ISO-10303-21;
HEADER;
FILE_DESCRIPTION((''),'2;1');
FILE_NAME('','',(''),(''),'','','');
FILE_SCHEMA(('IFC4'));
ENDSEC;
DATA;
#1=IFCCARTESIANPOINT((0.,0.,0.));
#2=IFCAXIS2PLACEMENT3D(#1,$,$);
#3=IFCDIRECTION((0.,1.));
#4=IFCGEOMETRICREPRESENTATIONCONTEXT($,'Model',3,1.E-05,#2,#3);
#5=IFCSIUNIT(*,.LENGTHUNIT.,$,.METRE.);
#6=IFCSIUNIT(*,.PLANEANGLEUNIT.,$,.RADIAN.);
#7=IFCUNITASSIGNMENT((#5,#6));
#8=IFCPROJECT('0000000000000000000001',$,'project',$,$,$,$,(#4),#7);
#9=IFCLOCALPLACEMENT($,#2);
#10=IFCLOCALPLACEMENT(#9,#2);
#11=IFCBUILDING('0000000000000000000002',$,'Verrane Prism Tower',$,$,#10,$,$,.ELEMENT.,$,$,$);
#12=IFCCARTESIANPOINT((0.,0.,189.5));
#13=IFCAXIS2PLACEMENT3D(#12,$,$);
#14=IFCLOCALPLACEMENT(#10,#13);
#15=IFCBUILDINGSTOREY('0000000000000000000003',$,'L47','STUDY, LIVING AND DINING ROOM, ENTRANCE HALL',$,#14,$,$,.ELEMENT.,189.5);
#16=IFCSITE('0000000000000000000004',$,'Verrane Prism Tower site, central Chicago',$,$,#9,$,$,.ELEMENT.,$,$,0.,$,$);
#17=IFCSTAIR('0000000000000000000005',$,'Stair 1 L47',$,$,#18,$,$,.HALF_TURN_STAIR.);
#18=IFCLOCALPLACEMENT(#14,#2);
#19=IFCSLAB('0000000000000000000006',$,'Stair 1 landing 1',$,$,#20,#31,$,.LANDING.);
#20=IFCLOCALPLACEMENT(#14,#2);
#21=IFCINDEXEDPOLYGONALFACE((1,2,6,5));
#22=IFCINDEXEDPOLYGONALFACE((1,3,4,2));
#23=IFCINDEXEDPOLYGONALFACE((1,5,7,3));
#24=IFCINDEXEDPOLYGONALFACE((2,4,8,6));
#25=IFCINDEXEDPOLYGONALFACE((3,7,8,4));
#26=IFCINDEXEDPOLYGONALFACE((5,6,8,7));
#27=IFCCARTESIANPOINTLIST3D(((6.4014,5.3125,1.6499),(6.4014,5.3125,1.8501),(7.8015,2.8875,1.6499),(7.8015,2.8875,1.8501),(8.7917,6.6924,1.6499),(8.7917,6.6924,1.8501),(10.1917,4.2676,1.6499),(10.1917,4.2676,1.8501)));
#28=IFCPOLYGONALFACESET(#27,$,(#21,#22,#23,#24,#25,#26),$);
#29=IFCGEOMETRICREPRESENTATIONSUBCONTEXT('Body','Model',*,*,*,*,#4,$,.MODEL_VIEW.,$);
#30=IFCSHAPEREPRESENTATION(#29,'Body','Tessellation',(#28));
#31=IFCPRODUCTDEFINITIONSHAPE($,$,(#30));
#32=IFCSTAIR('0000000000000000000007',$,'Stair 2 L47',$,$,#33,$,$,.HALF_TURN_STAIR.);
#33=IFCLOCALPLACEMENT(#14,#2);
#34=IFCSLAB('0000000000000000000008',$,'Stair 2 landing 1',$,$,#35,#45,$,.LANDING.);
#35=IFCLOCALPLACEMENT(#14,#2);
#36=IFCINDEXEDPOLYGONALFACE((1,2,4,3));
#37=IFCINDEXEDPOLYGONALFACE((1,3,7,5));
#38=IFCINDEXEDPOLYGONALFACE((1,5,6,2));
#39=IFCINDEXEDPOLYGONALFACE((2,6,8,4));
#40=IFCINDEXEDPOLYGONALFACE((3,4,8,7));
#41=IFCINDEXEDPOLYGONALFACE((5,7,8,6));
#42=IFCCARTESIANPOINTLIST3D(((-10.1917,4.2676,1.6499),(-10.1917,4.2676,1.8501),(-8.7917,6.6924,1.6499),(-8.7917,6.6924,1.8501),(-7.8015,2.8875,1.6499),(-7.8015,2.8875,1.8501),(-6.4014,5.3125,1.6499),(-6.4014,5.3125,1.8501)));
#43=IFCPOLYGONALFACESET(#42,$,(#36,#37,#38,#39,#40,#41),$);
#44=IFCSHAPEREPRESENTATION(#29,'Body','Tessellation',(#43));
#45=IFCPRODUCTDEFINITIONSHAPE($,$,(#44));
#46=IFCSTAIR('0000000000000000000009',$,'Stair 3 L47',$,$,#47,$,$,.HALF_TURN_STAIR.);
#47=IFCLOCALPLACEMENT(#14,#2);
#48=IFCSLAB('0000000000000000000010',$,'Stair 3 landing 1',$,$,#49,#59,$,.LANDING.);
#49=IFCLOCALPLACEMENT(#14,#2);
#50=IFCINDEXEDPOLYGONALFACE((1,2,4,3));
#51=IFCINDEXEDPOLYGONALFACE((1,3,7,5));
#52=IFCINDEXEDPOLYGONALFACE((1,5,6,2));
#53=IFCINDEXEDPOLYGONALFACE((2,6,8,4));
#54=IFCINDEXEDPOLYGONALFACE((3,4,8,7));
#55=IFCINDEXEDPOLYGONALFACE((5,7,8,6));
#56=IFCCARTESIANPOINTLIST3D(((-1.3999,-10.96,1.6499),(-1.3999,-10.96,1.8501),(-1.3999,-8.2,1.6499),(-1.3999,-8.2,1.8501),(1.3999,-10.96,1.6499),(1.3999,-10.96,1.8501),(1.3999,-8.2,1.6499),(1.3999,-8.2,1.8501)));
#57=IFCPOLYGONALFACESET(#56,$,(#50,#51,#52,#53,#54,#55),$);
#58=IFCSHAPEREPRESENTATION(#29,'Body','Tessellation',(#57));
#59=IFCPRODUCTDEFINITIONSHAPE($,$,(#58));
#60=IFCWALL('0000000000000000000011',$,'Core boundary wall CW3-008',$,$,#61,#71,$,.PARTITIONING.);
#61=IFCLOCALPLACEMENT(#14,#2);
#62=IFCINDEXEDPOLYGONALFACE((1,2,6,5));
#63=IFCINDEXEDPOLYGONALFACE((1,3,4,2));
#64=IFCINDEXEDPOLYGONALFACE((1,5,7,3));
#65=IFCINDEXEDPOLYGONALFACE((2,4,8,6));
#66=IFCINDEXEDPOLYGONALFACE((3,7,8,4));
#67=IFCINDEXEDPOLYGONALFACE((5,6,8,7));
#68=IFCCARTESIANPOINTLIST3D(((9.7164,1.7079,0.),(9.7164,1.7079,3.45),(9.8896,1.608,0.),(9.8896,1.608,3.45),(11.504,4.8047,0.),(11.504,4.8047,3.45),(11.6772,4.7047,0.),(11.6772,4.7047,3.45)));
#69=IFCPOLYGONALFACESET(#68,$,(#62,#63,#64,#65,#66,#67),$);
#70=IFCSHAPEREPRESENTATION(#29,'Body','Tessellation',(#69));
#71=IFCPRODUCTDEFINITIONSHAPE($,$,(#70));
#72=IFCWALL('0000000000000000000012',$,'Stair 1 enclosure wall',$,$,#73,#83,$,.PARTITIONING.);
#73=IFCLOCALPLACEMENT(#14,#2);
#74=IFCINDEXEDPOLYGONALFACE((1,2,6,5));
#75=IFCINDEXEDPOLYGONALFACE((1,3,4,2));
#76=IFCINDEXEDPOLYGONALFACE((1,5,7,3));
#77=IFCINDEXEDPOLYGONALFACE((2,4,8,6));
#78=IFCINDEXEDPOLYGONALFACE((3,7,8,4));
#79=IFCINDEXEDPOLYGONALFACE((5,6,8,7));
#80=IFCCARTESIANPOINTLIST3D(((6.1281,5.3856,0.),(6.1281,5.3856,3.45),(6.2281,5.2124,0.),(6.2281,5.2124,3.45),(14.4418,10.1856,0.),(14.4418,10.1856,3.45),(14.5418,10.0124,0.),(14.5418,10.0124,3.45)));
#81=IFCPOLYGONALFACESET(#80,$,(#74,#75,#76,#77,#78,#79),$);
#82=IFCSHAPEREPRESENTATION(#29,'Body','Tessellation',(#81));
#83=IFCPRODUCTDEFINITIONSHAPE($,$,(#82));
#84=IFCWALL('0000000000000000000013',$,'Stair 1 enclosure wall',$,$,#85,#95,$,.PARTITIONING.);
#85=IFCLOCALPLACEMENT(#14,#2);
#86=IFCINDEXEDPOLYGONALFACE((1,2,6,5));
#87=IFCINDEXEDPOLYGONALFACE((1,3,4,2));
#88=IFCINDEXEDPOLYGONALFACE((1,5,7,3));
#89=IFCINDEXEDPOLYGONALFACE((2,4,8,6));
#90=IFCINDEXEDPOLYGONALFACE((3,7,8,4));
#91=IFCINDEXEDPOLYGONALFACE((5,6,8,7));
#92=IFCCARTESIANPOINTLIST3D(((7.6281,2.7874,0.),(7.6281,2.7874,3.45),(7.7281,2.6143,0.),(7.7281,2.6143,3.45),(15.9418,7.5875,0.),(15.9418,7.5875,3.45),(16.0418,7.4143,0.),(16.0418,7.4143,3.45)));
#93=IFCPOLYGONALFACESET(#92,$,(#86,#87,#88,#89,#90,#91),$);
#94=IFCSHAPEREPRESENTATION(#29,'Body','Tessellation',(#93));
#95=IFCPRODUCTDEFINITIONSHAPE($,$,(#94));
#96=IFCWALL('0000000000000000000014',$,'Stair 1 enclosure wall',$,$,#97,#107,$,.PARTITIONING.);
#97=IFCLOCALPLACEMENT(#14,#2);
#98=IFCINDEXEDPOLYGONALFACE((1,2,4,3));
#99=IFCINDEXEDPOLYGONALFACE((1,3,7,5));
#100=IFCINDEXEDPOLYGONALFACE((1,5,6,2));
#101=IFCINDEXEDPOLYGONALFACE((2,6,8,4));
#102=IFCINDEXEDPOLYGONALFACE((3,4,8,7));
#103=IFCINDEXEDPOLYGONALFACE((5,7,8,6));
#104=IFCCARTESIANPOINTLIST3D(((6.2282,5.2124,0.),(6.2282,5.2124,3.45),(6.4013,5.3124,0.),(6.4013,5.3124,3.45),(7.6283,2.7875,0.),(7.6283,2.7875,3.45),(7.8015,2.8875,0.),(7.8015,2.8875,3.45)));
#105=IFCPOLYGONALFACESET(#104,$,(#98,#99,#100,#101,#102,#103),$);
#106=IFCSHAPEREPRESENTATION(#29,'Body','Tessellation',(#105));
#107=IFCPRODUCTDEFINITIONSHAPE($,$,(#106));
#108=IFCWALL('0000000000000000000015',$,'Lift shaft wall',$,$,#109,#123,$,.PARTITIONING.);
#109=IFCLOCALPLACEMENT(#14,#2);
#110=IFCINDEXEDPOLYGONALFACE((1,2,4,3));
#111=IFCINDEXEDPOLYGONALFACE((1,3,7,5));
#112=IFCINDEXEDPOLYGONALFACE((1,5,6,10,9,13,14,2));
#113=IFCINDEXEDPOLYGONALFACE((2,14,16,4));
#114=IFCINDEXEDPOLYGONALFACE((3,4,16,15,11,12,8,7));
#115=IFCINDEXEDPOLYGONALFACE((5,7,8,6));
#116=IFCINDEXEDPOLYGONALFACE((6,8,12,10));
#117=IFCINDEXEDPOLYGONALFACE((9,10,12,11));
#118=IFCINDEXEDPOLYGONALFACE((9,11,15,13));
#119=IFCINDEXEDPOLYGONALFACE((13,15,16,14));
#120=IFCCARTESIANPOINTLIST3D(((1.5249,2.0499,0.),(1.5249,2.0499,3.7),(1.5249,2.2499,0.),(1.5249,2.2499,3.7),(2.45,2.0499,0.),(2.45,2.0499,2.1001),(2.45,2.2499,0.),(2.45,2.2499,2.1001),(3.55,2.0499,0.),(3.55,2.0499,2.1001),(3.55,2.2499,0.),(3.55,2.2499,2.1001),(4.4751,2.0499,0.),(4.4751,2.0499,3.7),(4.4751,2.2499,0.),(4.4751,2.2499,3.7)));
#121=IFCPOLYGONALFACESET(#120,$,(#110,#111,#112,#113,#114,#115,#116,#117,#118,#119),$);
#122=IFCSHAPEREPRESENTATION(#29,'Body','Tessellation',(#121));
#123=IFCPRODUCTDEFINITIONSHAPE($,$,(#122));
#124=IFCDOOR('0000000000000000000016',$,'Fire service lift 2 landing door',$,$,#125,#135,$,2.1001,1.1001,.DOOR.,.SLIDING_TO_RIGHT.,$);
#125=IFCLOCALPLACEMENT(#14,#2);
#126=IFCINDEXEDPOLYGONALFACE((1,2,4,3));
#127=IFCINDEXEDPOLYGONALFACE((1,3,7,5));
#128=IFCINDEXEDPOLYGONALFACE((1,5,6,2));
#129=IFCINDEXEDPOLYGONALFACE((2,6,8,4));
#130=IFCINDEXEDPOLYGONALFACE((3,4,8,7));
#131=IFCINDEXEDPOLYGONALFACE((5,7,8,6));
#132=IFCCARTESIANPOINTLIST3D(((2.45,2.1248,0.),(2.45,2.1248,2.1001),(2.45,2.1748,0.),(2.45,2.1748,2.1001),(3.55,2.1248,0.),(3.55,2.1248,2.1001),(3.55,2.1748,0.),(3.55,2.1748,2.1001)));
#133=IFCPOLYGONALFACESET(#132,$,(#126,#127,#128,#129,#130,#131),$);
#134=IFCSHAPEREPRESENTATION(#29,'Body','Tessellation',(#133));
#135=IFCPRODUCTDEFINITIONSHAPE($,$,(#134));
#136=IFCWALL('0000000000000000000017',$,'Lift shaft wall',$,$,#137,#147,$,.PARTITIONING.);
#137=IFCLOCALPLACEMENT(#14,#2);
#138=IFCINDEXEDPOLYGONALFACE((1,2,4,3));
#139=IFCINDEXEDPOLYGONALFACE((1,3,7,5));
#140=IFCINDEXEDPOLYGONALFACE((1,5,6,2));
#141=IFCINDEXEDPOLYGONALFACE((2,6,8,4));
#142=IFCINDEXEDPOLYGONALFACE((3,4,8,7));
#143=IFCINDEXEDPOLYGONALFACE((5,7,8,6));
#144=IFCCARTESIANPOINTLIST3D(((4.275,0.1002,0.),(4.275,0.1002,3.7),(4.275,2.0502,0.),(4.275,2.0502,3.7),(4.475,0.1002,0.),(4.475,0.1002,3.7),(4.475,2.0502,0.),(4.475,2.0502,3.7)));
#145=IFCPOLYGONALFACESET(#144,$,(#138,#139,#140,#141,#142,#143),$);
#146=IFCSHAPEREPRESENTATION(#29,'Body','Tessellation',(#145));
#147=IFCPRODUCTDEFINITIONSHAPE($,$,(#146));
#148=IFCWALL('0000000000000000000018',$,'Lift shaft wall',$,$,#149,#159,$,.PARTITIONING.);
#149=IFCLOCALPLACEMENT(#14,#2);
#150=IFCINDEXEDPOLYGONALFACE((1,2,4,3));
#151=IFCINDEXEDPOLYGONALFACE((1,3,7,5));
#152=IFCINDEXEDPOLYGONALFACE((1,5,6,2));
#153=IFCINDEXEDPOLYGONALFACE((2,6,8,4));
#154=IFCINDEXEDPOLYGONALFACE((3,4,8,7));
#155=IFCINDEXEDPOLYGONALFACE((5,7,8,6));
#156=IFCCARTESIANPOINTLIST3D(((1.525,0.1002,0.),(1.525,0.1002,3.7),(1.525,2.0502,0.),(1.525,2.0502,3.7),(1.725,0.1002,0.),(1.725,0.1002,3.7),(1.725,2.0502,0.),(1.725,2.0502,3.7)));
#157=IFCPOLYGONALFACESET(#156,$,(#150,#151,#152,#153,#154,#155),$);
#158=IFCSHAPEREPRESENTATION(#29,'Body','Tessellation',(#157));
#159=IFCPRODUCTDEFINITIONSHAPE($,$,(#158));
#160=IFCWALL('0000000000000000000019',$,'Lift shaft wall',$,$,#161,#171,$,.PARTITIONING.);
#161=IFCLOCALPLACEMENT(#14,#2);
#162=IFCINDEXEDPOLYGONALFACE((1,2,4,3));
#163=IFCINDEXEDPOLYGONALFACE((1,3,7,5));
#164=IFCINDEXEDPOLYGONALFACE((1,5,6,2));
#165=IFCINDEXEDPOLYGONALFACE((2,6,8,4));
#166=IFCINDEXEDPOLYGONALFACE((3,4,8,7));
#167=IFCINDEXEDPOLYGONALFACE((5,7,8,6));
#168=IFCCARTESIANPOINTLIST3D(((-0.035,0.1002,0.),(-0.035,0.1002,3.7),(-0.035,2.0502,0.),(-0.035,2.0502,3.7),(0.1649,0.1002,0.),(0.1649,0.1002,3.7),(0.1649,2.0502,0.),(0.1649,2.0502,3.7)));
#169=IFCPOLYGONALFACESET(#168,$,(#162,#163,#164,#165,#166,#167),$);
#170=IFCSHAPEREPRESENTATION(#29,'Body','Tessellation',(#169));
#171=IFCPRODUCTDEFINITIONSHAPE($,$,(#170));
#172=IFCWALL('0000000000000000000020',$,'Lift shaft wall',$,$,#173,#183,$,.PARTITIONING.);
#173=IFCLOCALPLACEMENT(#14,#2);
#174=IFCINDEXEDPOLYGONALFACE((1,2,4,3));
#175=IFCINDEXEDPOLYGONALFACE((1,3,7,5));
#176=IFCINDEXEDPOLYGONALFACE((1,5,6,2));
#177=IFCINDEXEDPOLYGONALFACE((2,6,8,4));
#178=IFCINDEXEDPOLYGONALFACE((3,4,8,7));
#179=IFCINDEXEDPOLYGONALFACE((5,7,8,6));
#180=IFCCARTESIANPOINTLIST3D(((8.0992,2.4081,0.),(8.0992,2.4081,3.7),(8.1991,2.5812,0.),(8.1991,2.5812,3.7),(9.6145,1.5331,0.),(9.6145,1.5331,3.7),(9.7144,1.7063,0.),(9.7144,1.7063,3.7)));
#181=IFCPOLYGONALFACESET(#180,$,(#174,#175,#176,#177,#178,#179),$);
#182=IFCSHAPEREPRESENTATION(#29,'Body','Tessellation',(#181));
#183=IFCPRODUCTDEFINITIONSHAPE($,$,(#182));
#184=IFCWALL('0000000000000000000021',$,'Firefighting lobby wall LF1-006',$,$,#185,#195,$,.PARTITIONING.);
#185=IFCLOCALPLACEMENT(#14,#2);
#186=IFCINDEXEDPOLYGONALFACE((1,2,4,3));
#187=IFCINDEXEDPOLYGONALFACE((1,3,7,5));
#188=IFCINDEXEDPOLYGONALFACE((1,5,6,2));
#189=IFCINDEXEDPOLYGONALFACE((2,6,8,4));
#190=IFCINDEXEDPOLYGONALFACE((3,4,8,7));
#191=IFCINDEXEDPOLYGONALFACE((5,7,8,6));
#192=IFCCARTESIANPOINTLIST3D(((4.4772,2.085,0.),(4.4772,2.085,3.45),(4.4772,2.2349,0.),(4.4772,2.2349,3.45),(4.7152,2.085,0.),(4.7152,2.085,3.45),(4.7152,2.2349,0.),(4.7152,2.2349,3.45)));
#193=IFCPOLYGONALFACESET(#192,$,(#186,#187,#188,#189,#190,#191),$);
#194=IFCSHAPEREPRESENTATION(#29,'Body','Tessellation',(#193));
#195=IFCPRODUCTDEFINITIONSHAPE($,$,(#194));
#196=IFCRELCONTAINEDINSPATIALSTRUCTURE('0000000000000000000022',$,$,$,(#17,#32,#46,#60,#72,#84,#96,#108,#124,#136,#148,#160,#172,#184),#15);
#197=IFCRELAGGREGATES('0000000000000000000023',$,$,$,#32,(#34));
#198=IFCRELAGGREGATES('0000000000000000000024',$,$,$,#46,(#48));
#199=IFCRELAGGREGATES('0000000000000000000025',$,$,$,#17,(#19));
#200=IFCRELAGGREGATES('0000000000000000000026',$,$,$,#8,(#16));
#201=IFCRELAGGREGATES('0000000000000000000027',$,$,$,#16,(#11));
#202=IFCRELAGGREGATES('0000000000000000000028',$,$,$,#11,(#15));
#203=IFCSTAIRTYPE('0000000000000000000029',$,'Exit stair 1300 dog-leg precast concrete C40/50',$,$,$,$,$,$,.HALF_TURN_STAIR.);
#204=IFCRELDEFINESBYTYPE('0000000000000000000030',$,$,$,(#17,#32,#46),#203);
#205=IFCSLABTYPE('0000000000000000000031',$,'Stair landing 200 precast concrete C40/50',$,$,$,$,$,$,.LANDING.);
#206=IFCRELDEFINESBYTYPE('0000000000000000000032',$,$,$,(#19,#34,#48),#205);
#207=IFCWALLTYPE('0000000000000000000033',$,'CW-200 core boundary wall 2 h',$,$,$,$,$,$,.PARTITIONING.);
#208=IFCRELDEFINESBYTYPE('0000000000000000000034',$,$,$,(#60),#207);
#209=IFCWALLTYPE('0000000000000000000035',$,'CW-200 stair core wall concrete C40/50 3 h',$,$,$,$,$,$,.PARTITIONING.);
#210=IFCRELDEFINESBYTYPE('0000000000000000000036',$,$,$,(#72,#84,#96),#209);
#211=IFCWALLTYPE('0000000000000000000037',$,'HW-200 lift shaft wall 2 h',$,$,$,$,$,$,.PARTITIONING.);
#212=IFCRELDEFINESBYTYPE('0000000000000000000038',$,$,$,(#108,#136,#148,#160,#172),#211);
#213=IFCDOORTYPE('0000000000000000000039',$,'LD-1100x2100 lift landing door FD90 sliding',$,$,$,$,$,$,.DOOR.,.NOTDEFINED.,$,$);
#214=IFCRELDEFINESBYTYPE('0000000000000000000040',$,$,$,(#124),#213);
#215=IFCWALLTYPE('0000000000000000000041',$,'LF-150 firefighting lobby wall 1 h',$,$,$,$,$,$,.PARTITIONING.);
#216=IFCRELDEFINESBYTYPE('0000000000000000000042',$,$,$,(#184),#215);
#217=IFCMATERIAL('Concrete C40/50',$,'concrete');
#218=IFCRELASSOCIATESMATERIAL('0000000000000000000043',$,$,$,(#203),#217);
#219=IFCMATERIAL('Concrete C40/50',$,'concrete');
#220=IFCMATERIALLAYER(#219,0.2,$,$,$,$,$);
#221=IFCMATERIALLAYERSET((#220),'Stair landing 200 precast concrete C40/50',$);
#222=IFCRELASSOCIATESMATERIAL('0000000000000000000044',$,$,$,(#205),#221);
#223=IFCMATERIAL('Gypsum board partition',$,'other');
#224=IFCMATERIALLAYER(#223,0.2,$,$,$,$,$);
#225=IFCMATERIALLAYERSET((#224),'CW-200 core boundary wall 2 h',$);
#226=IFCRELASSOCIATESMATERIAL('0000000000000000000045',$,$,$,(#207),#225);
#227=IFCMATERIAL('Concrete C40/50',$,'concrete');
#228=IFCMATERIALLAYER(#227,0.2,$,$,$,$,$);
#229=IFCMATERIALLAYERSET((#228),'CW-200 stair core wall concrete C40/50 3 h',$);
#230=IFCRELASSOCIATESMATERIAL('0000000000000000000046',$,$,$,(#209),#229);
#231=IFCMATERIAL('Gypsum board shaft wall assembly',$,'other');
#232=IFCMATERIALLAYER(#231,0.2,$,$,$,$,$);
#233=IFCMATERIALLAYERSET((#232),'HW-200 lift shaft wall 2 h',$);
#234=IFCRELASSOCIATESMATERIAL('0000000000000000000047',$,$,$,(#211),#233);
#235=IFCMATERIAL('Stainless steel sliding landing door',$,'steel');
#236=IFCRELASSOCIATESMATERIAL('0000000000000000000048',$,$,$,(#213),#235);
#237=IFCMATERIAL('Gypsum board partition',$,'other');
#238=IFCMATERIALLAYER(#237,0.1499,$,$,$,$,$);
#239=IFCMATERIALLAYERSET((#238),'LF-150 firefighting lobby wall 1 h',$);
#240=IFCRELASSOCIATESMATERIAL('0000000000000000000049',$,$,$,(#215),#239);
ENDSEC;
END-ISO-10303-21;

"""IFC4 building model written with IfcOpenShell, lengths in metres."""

from ifc_helpers import new_model, si_unit, direction, frame, frame_2d, origin, place, context, subcontext, project, spatial, polyline, rectangle, outline, extrude, material, layer, layer_set, type_object, element, fill, aggregate, save


model = new_model("IFC4")

# Units and contexts
model_context = context("Model", 3, precision=1e-05, world=origin(), true_north=direction((0.0, 1.0)))
body_context = subcontext(model_context, "Body", "Model", "MODEL_VIEW")
ifc_project = project(units=[si_unit("LENGTHUNIT", "METRE"), si_unit("PLANEANGLEUNIT", "RADIAN")], contexts=[model_context])

# Site, building, storey
site_placement = place(None, origin())
site = spatial("IfcSite", under=ifc_project, at=site_placement, Name="Verrane Prism Tower site, central Chicago", CompositionType="ELEMENT", RefElevation=0.0)
building_placement = place(site_placement, origin())
building = spatial("IfcBuilding", under=site, at=building_placement, Name="Verrane Prism Tower", CompositionType="ELEMENT")
storey_placement = place(building_placement, frame((0.0, 0.0, 189.5)))
storey = spatial("IfcBuildingStorey", under=building, at=storey_placement, Name="L47", Description="STUDY, LIVING AND DINING ROOM, ENTRANCE HALL", CompositionType="ELEMENT", Elevation=189.5)

# Stairs, slabs
ifc_material_1 = material(Name="Concrete C40/50", Category="concrete")
stair_type = type_object("IfcStairType", Name="Exit stair 1300 dog-leg precast concrete C40/50", PredefinedType="HALF_TURN_STAIR", material=ifc_material_1)
stair_1_placement = place(storey_placement, origin())
stair_1 = element("IfcStair", 1, at=stair_1_placement, inside=storey, type_object=stair_type, Name="Stair 1 L47", PredefinedType="HALF_TURN_STAIR")
ifc_material_2 = material(Name="Concrete C40/50", Category="concrete")
ifc_layer_1 = layer(ifc_material_2, 0.2)
ifc_layer_set_1 = layer_set([ifc_layer_1], Name="Stair landing 200 precast concrete C40/50")
slab_type_1 = type_object("IfcSlabType", Name="Stair landing 200 precast concrete C40/50", PredefinedType="LANDING", material=ifc_layer_set_1)
slab_1_placement = place(storey_placement, frame((0.0, 0.0, 1.6499)))
slab_1 = element("IfcSlab", 2, at=slab_1_placement, type_object=slab_type_1, Name="Stair 1 landing 1", PredefinedType="LANDING", context=body_context, shape_type="SweptSolid", body=[
    extrude(outline(polyline([(8.7917, 6.6924), (6.4014, 5.3125), (7.8015, 2.8875), (10.1917, 4.2676), (8.7917, 6.6924)])), origin(), (0.0, 0.0, 1.0), 0.2002),
])
stair_2_placement = place(storey_placement, origin())
stair_2 = element("IfcStair", 3, at=stair_2_placement, inside=storey, type_object=stair_type, Name="Stair 2 L47", PredefinedType="HALF_TURN_STAIR")
slab_2_placement = place(storey_placement, frame((0.0, 0.0, 1.6499)))
slab_2 = element("IfcSlab", 4, at=slab_2_placement, type_object=slab_type_1, Name="Stair 2 landing 1", PredefinedType="LANDING", context=body_context, shape_type="SweptSolid", body=[
    extrude(outline(polyline([(-10.1917, 4.2676), (-7.8015, 2.8875), (-6.4014, 5.3125), (-8.7917, 6.6924), (-10.1917, 4.2676)])), origin(), (0.0, 0.0, 1.0), 0.2002),
])
aggregate(stair_2, [slab_2])
stair_3_placement = place(storey_placement, origin())
stair_3 = element("IfcStair", 5, at=stair_3_placement, inside=storey, type_object=stair_type, Name="Stair 3 L47", PredefinedType="HALF_TURN_STAIR")
slab_3_placement = place(storey_placement, frame((0.0, 0.0, 1.6499)))
slab_3 = element("IfcSlab", 6, at=slab_3_placement, type_object=slab_type_1, Name="Stair 3 landing 1", PredefinedType="LANDING", context=body_context, shape_type="SweptSolid", body=[
    extrude(outline(polyline([(1.3999, -10.96), (1.3999, -8.2), (-1.3999, -8.2), (-1.3999, -10.96), (1.3999, -10.96)])), origin(), (0.0, 0.0, 1.0), 0.2002),
])
aggregate(stair_3, [slab_3])

# Walls
ifc_material_3 = material(Name="Gypsum board partition", Category="other")
ifc_layer_2 = layer(ifc_material_3, 0.2)
ifc_layer_set_2 = layer_set([ifc_layer_2], Name="CW-200 core boundary wall 2 h")
wall_type_1 = type_object("IfcWallType", Name="CW-200 core boundary wall 2 h", PredefinedType="PARTITIONING", material=ifc_layer_set_2)
wall_1_placement = place(storey_placement, frame((9.803, 1.658, 0.0), z_axis=(0.0, 0.0, 1.0), x_axis=(0.499943, 0.866058, 0.0)))
element("IfcWall", 7, at=wall_1_placement, inside=storey, type_object=wall_type_1, Name="Core boundary wall CW3-008", PredefinedType="PARTITIONING", context=body_context, shape_type="SweptSolid", body=[
    extrude(rectangle(XDim=3.5757, YDim=0.2, at=frame_2d((1.7878, 0.0))), origin(), (0.0, 0.0, 1.0), 3.45),
])
ifc_material_4 = material(Name="Concrete C40/50", Category="concrete")
ifc_layer_3 = layer(ifc_material_4, 0.2)
ifc_layer_set_3 = layer_set([ifc_layer_3], Name="CW-200 stair core wall concrete C40/50 3 h")
wall_type_2 = type_object("IfcWallType", Name="CW-200 stair core wall concrete C40/50 3 h", PredefinedType="PARTITIONING", material=ifc_layer_set_3)
for number, where, z_axis, x_axis, name in (
    (8, (6.1782, 5.2991, 0.0), (0.0, 0.0, 1.0), (0.86602, 0.500009, 0.0), "Stair 1 enclosure wall"),
    (9, (7.6782, 2.7009, 0.0), (0.0, 0.0, 1.0), (0.86602, 0.500009, 0.0), "Stair 1 enclosure wall"),
):
    element("IfcWall", number, at=place(storey_placement, frame(where, z_axis=z_axis, x_axis=x_axis)), inside=storey, type_object=wall_type_2, Name=name, PredefinedType="PARTITIONING", context=body_context, shape_type="SweptSolid", body=[
        extrude(rectangle(XDim=9.5999, YDim=0.2, at=frame_2d((4.7998, 0.0))), origin(), (0.0, 0.0, 1.0), 3.45),
    ])
wall_2_placement = place(storey_placement, frame((7.7148, 2.8376, 0.0), z_axis=(0.0, 0.0, 1.0), x_axis=(-0.50005, 0.865997, 0.0)))
element("IfcWall", 10, at=wall_2_placement, inside=storey, type_object=wall_type_2, Name="Stair 1 enclosure wall", PredefinedType="PARTITIONING", context=body_context, shape_type="SweptSolid", body=[
    extrude(rectangle(XDim=2.8, YDim=0.2, at=frame_2d((1.3999, 0.0))), origin(), (0.0, 0.0, 1.0), 3.45),
])

# Wall, opening, door
ifc_material_5 = material(Name="Gypsum board shaft wall assembly", Category="other")
ifc_layer_4 = layer(ifc_material_5, 0.2)
ifc_layer_set_4 = layer_set([ifc_layer_4], Name="HW-200 lift shaft wall 2 h")
wall_type_3 = type_object("IfcWallType", Name="HW-200 lift shaft wall 2 h", PredefinedType="PARTITIONING", material=ifc_layer_set_4)
wall_3_placement = place(storey_placement, frame((1.5249, 2.1499, 0.0), z_axis=(0.0, 0.0, 1.0), x_axis=(1.0, 0.0, 0.0)))
wall_3 = element("IfcWall", 11, at=wall_3_placement, inside=storey, type_object=wall_type_3, Name="Lift shaft wall", PredefinedType="PARTITIONING", context=body_context, shape_type="SweptSolid", body=[
    extrude(rectangle(XDim=2.9502, YDim=0.2, at=frame_2d((1.4751, 0.0))), origin(), (0.0, 0.0, 1.0), 3.7),
])
opening_1_placement = place(wall_3_placement, frame((0.925, 0.0, 0.0)))
opening_1 = element("IfcOpeningElement", 12, at=opening_1_placement, cuts=wall_3, PredefinedType="OPENING", context=body_context, shape_type="SweptSolid", body=[
    extrude(rectangle(XDim=1.1001, YDim=2.1001, at=frame_2d((0.55, 1.05))), frame((0.0, 0.1099, 0.0), z_axis=(0.0, -1.0, 0.0), x_axis=(1.0, 0.0, 0.0)), (0.0, 0.0, 1.0), 0.22),
])
ifc_material_6 = material(Name="Stainless steel sliding landing door", Category="steel")
door_type_1 = type_object("IfcDoorType", Name="LD-1100x2100 lift landing door FD90 sliding", OperationType="NOTDEFINED", PredefinedType="DOOR", material=ifc_material_6)
door_1_placement = place(opening_1_placement, origin())
door_1 = element("IfcDoor", 13, at=door_1_placement, inside=storey, type_object=door_type_1, Name="Fire service lift 2 landing door", OperationType="SLIDING_TO_RIGHT", OverallHeight=2.1001, OverallWidth=1.1001, PredefinedType="DOOR", context=body_context, shape_type="SweptSolid", body=[
    extrude(rectangle(XDim=1.1001, YDim=2.1001, at=frame_2d((0.55, 1.05))), frame((0.0, 0.0249, 0.0), z_axis=(0.0, -1.0, 0.0), x_axis=(1.0, 0.0, 0.0)), (0.0, 0.0, 1.0), 0.05),
])
fill(opening_1, door_1)

# Walls
for number, where, z_axis, x_axis, name in (
    (14, (4.375, 0.1001, 0.0), (0.0, 0.0, 1.0), (0.0, 1.0, 0.0), "Lift shaft wall"),
    (15, (1.625, 0.1001, 0.0), (0.0, 0.0, 1.0), (0.0, 1.0, 0.0), "Lift shaft wall"),
    (16, (0.0649, 0.1001, 0.0), (0.0, 0.0, 1.0), (0.0, 1.0, 0.0), "Lift shaft wall"),
):
    element("IfcWall", number, at=place(storey_placement, frame(where, z_axis=z_axis, x_axis=x_axis)), inside=storey, type_object=wall_type_3, Name=name, PredefinedType="PARTITIONING", context=body_context, shape_type="SweptSolid", body=[
        extrude(rectangle(XDim=1.95, YDim=0.2, at=frame_2d((0.9751, 0.0))), origin(), (0.0, 0.0, 1.0), 3.7),
    ])
wall_4_placement = place(storey_placement, frame((9.6646, 1.6196, 0.0), z_axis=(0.0, 0.0, 1.0), x_axis=(-0.866002, 0.50004, 0.0)))
element("IfcWall", 17, at=wall_4_placement, inside=storey, type_object=wall_type_3, Name="Lift shaft wall", PredefinedType="PARTITIONING", context=body_context, shape_type="SweptSolid", body=[
    extrude(rectangle(XDim=1.7498, YDim=0.2, at=frame_2d((0.875, 0.0))), origin(), (0.0, 0.0, 1.0), 3.7),
])
ifc_material_7 = material(Name="Gypsum board partition", Category="other")
ifc_layer_5 = layer(ifc_material_7, 0.1499)
ifc_layer_set_5 = layer_set([ifc_layer_5], Name="LF-150 firefighting lobby wall 1 h")
wall_type_4 = type_object("IfcWallType", Name="LF-150 firefighting lobby wall 1 h", PredefinedType="PARTITIONING", material=ifc_layer_set_5)
wall_5_placement = place(storey_placement, frame((4.4771, 2.1599, 0.0), z_axis=(0.0, 0.0, 1.0), x_axis=(1.0, 0.0, 0.0)))
element("IfcWall", 18, at=wall_5_placement, inside=storey, type_object=wall_type_4, Name="Firefighting lobby wall LF1-006", PredefinedType="PARTITIONING", context=body_context, shape_type="SweptSolid", body=[
    extrude(rectangle(XDim=0.238, YDim=0.1499, at=frame_2d((0.1191, 0.0))), origin(), (0.0, 0.0, 1.0), 3.45),
])

aggregate(stair_1, [slab_1])

save(model, "model.ifc")
